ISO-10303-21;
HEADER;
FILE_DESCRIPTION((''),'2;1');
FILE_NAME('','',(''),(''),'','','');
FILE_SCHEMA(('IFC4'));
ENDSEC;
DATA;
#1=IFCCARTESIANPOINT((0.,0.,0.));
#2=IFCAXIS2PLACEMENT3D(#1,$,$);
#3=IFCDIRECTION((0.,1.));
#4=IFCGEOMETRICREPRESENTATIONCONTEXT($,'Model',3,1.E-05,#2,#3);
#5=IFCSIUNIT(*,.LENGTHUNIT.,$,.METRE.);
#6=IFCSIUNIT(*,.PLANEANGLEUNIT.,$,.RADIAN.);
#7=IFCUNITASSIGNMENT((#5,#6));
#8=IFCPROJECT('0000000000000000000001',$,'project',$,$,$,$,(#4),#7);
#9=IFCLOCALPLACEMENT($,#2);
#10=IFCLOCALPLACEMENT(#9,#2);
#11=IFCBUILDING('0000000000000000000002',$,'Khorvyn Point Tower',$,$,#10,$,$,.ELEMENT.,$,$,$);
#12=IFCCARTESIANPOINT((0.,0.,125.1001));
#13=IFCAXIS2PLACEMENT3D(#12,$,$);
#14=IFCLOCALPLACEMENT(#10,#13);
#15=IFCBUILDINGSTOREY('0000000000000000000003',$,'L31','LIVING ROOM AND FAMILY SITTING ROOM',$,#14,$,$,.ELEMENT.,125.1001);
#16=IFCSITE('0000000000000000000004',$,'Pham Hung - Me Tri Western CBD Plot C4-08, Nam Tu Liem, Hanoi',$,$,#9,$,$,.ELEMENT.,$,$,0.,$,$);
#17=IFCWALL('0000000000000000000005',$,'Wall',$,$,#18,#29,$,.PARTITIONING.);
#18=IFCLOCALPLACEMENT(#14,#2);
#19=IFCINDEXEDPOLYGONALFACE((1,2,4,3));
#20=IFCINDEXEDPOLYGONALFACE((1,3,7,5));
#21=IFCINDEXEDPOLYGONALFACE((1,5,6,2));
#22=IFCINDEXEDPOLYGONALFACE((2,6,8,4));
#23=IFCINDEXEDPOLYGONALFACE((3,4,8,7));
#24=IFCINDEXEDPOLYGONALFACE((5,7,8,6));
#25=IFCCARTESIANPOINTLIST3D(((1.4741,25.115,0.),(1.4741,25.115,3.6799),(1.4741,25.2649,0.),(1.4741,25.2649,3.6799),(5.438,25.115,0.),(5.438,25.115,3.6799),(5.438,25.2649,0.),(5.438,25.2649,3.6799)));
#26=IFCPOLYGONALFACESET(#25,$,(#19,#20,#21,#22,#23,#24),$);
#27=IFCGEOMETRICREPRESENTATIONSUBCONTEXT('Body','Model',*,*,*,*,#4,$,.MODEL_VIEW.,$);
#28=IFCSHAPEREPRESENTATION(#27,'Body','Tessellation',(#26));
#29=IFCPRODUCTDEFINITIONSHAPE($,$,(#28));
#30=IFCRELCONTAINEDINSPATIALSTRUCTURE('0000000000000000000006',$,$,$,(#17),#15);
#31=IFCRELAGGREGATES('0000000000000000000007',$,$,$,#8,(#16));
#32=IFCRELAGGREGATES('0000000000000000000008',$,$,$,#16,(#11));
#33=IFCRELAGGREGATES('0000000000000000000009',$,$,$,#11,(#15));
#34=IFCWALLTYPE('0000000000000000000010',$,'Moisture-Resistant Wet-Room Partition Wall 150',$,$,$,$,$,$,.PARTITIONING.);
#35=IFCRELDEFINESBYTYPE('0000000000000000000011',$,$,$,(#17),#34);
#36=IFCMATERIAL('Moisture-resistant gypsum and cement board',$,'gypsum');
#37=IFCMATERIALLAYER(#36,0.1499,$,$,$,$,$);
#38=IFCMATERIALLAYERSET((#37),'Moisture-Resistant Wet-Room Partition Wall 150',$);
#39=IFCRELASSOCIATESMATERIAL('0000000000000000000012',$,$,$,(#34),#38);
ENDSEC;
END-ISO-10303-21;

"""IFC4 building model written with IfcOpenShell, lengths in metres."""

from ifc_helpers import new_model, si_unit, direction, frame, frame_2d, origin, place, context, subcontext, project, spatial, rectangle, extrude, material, layer, layer_set, type_object, element, save


model = new_model("IFC4")

# Units and contexts
model_context = context("Model", 3, precision=1e-05, world=origin(), true_north=direction((0.0, 1.0)))
body_context = subcontext(model_context, "Body", "Model", "MODEL_VIEW")
ifc_project = project(units=[si_unit("LENGTHUNIT", "METRE"), si_unit("PLANEANGLEUNIT", "RADIAN")], contexts=[model_context])

# Site, building, storey
site_placement = place(None, origin())
site = spatial("IfcSite", under=ifc_project, at=site_placement, Name="Pham Hung - Me Tri Western CBD Plot C4-08, Nam Tu Liem, Hanoi", CompositionType="ELEMENT", RefElevation=0.0)
building_placement = place(site_placement, origin())
building = spatial("IfcBuilding", under=site, at=building_placement, Name="Khorvyn Point Tower", CompositionType="ELEMENT")
storey_placement = place(building_placement, frame((0.0, 0.0, 125.1001)))
storey = spatial("IfcBuildingStorey", under=building, at=storey_placement, Name="L31", Description="LIVING ROOM AND FAMILY SITTING ROOM", CompositionType="ELEMENT", Elevation=125.1001)

# Shared definitions
ifc_material_1 = material(Name="Moisture-resistant gypsum and cement board", Category="gypsum")
ifc_layer_1 = layer(ifc_material_1, 0.1499)
ifc_layer_set_1 = layer_set([ifc_layer_1], Name="Moisture-Resistant Wet-Room Partition Wall 150")
wall_type_1 = type_object("IfcWallType", Name="Moisture-Resistant Wet-Room Partition Wall 150", PredefinedType="PARTITIONING", material=ifc_layer_set_1)

# Wall
wall_1_placement = place(storey_placement, frame((1.4741, 25.1899, 0.0), z_axis=(0.0, 0.0, 1.0), x_axis=(1.0, 0.0, 0.0)))
element("IfcWall", 1, at=wall_1_placement, inside=storey, type_object=wall_type_1, Name="Wall", PredefinedType="PARTITIONING", context=body_context, shape_type="SweptSolid", body=[
    extrude(rectangle(XDim=3.9639, YDim=0.1499, at=frame_2d((1.9819, 0.0))), origin(), (0.0, 0.0, 1.0), 3.6799),
])

save(model, "model.ifc")
